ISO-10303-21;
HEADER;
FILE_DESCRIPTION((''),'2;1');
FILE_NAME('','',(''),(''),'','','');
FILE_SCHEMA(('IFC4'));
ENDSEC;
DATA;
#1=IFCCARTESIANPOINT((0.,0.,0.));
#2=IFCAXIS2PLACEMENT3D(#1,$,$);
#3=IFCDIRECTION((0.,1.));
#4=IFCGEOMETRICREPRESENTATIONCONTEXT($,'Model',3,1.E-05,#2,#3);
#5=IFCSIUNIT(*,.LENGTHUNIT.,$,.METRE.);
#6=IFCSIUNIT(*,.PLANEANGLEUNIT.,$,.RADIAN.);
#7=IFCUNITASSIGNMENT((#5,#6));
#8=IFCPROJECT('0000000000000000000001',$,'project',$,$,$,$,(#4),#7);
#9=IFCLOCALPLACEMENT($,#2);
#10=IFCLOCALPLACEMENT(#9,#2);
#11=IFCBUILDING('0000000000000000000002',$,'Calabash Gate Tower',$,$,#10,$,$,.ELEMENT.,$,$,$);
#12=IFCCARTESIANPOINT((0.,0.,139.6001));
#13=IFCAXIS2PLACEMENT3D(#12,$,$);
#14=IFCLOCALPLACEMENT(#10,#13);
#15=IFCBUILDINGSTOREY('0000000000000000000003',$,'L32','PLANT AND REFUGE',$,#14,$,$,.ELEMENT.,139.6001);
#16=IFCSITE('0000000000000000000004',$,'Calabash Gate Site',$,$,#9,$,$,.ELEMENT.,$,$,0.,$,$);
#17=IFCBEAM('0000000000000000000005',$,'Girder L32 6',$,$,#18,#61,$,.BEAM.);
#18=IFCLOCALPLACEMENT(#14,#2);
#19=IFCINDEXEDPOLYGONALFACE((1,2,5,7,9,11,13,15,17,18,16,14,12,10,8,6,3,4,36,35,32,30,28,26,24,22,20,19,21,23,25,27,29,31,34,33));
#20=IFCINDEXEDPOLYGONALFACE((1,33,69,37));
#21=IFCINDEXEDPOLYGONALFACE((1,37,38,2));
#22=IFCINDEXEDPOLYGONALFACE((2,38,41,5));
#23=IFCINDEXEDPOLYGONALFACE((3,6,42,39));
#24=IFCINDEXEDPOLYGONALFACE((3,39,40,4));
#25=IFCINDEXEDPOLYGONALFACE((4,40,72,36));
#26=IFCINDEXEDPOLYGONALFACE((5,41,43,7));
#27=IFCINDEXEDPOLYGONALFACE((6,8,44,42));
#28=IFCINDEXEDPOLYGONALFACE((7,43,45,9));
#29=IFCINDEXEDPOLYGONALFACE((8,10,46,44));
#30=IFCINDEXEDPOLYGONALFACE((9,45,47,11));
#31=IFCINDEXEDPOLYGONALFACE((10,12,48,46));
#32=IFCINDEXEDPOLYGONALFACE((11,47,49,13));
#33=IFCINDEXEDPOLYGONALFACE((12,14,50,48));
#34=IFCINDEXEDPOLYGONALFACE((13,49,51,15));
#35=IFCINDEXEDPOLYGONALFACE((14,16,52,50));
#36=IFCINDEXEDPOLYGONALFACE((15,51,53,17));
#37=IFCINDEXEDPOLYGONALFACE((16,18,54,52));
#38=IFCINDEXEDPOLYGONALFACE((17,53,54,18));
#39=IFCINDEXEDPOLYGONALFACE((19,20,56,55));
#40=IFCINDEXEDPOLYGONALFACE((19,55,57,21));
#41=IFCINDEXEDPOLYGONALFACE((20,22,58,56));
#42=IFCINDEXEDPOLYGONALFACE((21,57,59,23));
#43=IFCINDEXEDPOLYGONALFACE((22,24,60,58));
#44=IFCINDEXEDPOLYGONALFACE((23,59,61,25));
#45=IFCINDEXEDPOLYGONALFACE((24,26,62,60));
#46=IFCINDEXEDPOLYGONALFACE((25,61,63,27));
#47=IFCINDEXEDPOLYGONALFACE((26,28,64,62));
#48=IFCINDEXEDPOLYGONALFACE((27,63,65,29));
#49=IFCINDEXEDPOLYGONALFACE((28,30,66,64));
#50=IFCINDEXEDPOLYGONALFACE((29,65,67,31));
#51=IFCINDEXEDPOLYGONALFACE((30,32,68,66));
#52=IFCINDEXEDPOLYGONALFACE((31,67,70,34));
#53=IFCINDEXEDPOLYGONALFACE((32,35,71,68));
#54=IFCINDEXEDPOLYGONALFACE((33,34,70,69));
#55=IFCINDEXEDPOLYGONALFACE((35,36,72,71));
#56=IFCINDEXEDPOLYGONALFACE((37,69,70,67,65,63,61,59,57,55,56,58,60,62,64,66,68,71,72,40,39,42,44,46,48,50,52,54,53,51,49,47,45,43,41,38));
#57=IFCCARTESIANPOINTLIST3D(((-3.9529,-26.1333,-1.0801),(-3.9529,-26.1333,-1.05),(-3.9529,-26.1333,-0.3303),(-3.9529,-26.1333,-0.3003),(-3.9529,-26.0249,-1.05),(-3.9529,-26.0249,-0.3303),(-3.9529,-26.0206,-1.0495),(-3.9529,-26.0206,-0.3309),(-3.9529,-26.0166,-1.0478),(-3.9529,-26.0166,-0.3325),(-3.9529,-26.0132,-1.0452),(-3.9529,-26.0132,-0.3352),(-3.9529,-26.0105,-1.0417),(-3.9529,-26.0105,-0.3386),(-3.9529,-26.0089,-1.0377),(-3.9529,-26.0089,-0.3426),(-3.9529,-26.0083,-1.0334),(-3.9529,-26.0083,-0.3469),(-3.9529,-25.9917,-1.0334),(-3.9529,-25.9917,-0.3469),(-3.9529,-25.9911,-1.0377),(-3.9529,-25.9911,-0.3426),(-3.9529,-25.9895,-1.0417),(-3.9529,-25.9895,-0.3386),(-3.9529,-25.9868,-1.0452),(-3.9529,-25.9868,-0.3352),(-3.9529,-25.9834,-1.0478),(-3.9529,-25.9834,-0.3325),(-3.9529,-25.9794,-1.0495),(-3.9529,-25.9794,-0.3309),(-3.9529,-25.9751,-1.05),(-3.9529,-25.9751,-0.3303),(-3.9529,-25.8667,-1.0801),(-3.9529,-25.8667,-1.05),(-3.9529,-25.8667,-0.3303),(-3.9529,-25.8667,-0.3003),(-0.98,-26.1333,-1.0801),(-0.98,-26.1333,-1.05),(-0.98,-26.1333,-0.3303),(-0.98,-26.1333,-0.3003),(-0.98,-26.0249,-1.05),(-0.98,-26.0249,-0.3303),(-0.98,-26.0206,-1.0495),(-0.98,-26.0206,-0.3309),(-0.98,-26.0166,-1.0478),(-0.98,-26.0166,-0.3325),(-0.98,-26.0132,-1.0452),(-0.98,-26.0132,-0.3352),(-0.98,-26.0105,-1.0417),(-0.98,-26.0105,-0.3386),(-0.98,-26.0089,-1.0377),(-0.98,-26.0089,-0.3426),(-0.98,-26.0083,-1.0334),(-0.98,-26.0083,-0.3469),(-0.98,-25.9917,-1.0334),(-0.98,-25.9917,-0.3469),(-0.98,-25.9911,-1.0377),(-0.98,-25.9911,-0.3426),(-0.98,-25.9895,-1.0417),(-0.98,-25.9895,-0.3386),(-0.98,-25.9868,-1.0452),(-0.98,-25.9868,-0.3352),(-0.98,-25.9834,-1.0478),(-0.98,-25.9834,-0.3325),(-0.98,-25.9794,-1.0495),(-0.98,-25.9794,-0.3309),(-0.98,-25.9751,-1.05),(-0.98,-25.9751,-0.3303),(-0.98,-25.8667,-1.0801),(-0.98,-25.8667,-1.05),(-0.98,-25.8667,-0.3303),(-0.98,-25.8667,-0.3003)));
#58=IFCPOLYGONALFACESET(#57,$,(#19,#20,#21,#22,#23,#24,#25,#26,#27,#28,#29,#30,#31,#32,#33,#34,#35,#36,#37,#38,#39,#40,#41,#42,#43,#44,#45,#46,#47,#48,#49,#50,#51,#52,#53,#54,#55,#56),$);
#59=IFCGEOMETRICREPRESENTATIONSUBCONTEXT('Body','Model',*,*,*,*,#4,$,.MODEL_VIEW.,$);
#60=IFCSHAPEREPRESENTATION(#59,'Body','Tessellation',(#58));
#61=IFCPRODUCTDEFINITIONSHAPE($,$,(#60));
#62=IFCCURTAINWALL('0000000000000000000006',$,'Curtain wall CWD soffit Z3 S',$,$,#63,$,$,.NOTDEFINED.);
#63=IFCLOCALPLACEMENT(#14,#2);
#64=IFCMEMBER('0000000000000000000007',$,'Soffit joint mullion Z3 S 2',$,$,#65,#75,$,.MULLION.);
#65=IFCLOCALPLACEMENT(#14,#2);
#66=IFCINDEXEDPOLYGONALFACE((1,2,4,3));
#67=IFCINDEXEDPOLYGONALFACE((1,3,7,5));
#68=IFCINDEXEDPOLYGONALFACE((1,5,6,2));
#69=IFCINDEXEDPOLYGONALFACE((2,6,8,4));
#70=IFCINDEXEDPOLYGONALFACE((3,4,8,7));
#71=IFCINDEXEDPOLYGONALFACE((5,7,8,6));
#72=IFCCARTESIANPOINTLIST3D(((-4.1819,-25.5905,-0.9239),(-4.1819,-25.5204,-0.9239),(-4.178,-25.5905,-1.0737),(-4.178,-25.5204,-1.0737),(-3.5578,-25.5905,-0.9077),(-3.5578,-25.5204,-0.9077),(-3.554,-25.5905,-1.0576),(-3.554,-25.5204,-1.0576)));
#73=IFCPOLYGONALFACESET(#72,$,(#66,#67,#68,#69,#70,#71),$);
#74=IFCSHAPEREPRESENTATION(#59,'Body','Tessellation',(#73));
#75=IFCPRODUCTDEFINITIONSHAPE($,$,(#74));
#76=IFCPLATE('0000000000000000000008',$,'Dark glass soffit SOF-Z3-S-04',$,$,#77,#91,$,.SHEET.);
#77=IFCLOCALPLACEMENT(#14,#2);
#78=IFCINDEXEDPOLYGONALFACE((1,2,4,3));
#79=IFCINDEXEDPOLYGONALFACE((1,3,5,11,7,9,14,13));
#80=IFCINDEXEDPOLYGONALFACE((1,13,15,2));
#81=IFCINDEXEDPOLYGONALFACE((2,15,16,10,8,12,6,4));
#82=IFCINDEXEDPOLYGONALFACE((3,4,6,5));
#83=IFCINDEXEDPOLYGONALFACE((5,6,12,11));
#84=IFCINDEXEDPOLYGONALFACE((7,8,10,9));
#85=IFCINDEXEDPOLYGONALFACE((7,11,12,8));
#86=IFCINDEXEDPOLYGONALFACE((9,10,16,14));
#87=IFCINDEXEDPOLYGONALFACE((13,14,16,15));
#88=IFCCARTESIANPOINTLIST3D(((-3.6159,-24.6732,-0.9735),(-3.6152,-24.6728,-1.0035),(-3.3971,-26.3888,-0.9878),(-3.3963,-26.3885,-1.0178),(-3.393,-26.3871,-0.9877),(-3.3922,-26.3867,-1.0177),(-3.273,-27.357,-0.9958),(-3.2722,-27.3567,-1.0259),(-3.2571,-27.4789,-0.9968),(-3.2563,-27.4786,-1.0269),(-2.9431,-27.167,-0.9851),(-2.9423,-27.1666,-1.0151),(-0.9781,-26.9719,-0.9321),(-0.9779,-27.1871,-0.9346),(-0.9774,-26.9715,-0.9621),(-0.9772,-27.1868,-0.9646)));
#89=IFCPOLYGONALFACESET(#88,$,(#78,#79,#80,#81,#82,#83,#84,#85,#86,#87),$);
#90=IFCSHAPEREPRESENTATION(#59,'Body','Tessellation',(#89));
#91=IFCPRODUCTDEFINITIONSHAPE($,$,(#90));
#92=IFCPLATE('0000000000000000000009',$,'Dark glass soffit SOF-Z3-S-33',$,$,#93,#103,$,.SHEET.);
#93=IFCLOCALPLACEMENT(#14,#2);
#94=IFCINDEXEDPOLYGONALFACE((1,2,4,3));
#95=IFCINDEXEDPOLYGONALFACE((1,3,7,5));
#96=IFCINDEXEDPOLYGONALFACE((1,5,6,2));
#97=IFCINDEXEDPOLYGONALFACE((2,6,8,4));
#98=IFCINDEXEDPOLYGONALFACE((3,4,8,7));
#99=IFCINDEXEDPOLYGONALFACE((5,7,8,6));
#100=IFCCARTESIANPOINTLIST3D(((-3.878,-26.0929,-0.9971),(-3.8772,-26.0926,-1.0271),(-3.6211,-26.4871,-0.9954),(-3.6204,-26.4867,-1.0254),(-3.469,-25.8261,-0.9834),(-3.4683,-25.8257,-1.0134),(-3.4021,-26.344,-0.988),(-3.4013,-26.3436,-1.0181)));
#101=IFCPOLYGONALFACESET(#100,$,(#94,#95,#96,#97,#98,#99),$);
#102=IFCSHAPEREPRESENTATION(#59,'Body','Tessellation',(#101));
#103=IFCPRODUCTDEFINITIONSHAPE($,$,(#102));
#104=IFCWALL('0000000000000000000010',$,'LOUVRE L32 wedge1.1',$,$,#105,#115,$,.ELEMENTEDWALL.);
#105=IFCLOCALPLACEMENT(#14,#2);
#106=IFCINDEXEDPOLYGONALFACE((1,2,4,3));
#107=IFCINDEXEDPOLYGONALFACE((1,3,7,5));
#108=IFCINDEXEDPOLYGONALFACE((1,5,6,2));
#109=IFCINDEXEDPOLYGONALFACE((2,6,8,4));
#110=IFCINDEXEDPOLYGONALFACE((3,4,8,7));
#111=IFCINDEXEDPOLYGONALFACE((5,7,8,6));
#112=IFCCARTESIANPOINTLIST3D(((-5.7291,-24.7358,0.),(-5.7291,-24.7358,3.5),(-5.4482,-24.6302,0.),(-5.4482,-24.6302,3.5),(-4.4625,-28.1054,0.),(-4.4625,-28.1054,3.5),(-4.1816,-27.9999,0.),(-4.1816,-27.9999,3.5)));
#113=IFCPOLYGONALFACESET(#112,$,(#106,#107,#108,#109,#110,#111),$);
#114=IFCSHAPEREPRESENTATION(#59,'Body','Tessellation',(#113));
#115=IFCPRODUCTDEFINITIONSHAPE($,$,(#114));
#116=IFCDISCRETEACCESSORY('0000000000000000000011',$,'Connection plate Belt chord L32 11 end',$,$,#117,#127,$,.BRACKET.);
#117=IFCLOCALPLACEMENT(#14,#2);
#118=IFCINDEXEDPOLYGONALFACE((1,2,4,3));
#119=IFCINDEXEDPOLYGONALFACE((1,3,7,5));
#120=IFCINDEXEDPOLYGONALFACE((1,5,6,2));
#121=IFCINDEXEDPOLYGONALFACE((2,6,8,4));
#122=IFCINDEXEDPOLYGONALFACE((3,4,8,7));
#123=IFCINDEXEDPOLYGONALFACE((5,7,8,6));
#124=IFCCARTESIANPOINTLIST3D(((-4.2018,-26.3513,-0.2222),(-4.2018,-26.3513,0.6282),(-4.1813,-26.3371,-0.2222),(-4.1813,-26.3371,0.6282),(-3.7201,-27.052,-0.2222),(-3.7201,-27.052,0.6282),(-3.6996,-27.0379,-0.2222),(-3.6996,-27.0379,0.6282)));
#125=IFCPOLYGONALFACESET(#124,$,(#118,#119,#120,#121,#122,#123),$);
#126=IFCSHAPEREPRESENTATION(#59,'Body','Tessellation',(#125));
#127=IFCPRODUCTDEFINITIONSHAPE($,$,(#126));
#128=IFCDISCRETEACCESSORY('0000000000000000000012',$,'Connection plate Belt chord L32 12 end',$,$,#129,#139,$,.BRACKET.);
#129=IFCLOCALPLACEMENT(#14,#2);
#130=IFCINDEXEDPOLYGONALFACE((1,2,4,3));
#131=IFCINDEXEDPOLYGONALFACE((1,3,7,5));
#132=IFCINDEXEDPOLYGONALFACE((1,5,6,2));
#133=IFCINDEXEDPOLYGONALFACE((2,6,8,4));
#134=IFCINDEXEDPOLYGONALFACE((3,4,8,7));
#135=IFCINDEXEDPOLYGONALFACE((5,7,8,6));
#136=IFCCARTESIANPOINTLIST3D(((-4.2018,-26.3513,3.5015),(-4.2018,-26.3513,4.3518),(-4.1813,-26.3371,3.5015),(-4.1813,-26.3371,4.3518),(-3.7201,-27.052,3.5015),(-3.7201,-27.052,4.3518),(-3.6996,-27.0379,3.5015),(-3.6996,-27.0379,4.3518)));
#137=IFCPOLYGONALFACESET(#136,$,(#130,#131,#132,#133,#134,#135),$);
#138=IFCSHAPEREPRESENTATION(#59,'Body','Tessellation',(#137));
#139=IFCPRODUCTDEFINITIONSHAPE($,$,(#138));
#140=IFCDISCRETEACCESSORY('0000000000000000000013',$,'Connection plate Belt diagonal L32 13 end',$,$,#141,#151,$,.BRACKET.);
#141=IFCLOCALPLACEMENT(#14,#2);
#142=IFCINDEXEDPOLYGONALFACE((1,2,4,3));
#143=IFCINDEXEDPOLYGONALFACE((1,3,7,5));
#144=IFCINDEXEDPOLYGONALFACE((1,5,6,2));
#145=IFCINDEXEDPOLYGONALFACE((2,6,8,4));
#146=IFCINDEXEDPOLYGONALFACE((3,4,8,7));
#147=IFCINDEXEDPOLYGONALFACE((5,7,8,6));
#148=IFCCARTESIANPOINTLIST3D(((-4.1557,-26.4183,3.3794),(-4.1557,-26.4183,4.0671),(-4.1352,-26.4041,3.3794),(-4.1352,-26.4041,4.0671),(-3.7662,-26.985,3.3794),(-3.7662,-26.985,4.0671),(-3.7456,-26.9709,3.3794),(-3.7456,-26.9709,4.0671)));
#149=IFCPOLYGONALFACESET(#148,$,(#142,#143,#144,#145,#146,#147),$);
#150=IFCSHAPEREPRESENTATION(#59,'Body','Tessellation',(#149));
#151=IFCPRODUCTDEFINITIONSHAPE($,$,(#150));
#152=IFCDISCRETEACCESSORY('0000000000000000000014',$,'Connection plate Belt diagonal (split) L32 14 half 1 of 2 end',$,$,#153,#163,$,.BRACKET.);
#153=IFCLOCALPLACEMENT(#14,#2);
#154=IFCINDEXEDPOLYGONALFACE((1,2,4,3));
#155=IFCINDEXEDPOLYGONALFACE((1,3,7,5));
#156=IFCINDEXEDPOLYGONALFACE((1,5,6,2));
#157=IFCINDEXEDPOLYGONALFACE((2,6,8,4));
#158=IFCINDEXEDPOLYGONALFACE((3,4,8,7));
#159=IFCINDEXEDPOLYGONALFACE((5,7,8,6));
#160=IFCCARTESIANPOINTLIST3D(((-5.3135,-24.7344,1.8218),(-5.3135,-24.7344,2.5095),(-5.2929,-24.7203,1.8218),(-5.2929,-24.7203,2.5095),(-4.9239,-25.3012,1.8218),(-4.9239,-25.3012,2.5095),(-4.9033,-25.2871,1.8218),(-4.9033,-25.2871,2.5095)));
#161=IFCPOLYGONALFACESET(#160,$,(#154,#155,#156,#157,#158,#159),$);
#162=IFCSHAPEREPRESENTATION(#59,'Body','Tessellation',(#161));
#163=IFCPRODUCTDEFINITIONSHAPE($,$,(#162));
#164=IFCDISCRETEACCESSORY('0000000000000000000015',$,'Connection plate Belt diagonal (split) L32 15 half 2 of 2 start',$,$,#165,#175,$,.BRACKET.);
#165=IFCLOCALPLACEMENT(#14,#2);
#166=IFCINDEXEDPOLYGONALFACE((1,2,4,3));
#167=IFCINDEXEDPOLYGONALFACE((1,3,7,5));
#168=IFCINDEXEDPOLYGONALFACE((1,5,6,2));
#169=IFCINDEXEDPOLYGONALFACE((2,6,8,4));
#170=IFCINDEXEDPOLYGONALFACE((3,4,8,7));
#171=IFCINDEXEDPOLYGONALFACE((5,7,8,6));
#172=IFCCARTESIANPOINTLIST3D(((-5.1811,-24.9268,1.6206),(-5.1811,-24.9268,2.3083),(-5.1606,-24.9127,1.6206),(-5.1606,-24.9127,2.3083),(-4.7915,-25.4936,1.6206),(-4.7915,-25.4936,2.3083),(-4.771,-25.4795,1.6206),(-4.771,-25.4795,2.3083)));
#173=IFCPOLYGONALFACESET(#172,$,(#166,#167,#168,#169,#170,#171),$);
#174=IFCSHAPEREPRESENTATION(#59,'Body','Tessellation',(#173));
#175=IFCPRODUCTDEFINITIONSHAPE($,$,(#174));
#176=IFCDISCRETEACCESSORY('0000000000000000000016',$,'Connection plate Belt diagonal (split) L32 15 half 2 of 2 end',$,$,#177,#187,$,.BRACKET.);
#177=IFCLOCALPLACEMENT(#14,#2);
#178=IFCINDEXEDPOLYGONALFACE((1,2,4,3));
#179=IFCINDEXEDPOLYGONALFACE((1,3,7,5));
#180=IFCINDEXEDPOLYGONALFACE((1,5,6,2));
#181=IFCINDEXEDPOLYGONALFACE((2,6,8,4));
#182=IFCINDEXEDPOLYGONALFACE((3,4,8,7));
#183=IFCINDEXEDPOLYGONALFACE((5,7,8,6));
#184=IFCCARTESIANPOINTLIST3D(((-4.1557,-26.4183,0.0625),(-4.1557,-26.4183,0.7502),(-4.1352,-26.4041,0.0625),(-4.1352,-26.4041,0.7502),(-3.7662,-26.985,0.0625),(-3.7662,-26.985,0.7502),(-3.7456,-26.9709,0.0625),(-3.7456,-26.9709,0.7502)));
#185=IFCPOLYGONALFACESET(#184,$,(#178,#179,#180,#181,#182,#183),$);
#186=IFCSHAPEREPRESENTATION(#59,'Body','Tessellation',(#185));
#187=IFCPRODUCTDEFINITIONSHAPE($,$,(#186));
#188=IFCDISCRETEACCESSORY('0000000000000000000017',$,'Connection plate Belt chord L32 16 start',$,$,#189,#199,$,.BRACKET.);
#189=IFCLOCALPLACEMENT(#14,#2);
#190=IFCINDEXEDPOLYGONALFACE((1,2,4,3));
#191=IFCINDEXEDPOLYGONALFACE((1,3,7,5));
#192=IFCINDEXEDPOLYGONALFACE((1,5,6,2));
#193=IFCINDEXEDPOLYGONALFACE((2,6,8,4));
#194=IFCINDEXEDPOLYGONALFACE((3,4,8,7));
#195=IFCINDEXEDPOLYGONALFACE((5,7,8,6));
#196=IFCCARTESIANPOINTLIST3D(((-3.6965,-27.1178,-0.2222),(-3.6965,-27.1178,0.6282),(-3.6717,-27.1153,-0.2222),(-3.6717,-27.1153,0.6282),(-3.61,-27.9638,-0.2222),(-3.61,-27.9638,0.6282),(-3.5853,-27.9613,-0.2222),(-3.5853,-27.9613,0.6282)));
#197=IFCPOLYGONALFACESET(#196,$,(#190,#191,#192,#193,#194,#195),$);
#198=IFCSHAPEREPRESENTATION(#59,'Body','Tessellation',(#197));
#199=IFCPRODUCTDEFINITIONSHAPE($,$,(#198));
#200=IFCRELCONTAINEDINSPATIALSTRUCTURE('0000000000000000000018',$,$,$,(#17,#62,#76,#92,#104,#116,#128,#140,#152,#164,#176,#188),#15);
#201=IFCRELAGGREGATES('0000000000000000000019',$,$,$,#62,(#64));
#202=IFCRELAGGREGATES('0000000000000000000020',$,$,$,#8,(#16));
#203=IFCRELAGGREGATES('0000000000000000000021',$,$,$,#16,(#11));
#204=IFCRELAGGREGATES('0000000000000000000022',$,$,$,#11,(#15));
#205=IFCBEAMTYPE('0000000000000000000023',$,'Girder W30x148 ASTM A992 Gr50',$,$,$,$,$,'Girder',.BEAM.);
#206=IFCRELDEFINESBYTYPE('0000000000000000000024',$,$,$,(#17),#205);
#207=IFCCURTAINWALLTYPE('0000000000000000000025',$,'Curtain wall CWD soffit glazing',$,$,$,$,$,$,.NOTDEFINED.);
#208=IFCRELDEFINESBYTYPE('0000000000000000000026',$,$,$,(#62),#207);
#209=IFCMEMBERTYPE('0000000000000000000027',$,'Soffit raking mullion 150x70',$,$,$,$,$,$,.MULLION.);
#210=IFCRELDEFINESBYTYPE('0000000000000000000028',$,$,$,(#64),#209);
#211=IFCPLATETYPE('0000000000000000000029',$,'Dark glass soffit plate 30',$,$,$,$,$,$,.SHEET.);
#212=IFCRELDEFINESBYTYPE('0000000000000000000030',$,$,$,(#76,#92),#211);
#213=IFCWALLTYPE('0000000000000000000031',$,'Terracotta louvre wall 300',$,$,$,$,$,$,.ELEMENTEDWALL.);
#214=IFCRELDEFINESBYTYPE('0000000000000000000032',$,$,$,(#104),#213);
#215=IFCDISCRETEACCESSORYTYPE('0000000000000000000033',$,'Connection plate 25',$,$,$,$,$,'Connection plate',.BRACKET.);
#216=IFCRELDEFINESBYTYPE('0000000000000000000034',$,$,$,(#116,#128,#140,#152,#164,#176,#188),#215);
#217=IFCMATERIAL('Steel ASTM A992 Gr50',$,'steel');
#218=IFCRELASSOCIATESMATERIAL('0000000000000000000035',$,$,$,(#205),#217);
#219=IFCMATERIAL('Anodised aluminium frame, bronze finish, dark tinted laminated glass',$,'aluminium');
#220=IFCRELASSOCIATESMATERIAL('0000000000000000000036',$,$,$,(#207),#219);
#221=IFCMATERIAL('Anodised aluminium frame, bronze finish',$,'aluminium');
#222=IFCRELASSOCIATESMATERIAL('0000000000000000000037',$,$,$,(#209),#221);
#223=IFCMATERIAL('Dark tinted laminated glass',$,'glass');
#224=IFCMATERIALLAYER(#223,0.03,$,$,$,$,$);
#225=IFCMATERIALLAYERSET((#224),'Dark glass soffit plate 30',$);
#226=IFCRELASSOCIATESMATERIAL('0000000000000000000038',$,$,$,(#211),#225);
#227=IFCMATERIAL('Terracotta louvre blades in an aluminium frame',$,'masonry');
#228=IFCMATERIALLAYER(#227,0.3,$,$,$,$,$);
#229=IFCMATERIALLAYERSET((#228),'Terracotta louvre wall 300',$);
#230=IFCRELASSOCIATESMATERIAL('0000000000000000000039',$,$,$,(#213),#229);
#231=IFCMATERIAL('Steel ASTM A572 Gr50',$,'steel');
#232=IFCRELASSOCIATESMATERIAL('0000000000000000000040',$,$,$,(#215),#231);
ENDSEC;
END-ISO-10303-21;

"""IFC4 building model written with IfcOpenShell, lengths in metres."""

from ifc_helpers import new_model, si_unit, direction, frame, frame_2d, origin, origin_2d, place, context, subcontext, project, spatial, polyline, rectangle, i_section, outline, extrude, material, layer, layer_set, material_profile, profile_set, type_object, element, aggregate, save


model = new_model("IFC4")

# Units and contexts
model_context = context("Model", 3, precision=1e-05, world=origin(), true_north=direction((0.0, 1.0)))
body_context = subcontext(model_context, "Body", "Model", "MODEL_VIEW")
ifc_project = project(units=[si_unit("LENGTHUNIT", "METRE"), si_unit("PLANEANGLEUNIT", "RADIAN")], contexts=[model_context])

# Site, building, storey
site_placement = place(None, origin())
site = spatial("IfcSite", under=ifc_project, at=site_placement, Name="Calabash Gate Site", CompositionType="ELEMENT", RefElevation=0.0)
building_placement = place(site_placement, origin())
building = spatial("IfcBuilding", under=site, at=building_placement, Name="Calabash Gate Tower", CompositionType="ELEMENT")
storey_placement = place(building_placement, frame((0.0, 0.0, 139.6001)))
storey = spatial("IfcBuildingStorey", under=building, at=storey_placement, Name="L32", Description="PLANT AND REFUGE", CompositionType="ELEMENT", Elevation=139.6001)

# Beam
ifc_material_1 = material(Name="Steel ASTM A992 Gr50", Category="steel")
ifc_material_profile_1 = material_profile(ifc_material_1, i_section(OverallWidth=0.2666, OverallDepth=0.7798, WebThickness=0.0166, FlangeThickness=0.03, FilletRadius=0.0166, at=origin_2d()))
ifc_profile_set_1 = profile_set([ifc_material_profile_1], Name="Steel ASTM A992 Gr50")
beam_type_1 = type_object("IfcBeamType", Name="Girder W30x148 ASTM A992 Gr50", ElementType="Girder", PredefinedType="BEAM", material=ifc_profile_set_1)
beam_1_placement = place(storey_placement, frame((-3.9529, -26.0, -0.6902), z_axis=(1.0, 0.0, 0.0), x_axis=(0.0, 1.0, 0.0)))
element("IfcBeam", 1, at=beam_1_placement, inside=storey, type_object=beam_type_1, Name="Girder L32 6", PredefinedType="BEAM", context=body_context, shape_type="SweptSolid", body=[
    extrude(i_section(OverallWidth=0.2666, OverallDepth=0.7798, WebThickness=0.0166, FlangeThickness=0.03, FilletRadius=0.0166, at=origin_2d()), origin(), (0.0, 0.0, 1.0), 2.9729),
])

# Curtain wall, member
ifc_material_2 = material(Name="Anodised aluminium frame, bronze finish, dark tinted laminated glass", Category="aluminium")
curtain_wall_type = type_object("IfcCurtainWallType", Name="Curtain wall CWD soffit glazing", PredefinedType="NOTDEFINED", material=ifc_material_2)
curtain_wall_placement = place(storey_placement, origin())
curtain_wall = element("IfcCurtainWall", 2, at=curtain_wall_placement, inside=storey, type_object=curtain_wall_type, Name="Curtain wall CWD soffit Z3 S", PredefinedType="NOTDEFINED")
ifc_material_3 = material(Name="Anodised aluminium frame, bronze finish", Category="aluminium")
ifc_material_profile_2 = material_profile(ifc_material_3, rectangle(XDim=0.1499, YDim=0.0701, at=origin_2d()))
ifc_profile_set_2 = profile_set([ifc_material_profile_2], Name="Anodised aluminium frame, bronze finish")
member_type_1 = type_object("IfcMemberType", Name="Soffit raking mullion 150x70", PredefinedType="MULLION", material=ifc_profile_set_2)
member_1_placement = place(storey_placement, frame((-3.5559, -25.5554, -0.9827), z_axis=(-0.999667, 0.0, -0.025813), x_axis=(-0.025813, 0.0, 0.999667)))
member_1 = element("IfcMember", 3, at=member_1_placement, type_object=member_type_1, Name="Soffit joint mullion Z3 S 2", PredefinedType="MULLION", context=body_context, shape_type="SweptSolid", body=[
    extrude(rectangle(XDim=0.1499, YDim=0.0701, at=origin_2d()), origin(), (0.0, 0.0, 1.0), 0.6243),
])
aggregate(curtain_wall, [member_1])

# Plates
ifc_material_4 = material(Name="Dark tinted laminated glass", Category="glass")
ifc_layer_1 = layer(ifc_material_4, 0.03)
ifc_layer_set_1 = layer_set([ifc_layer_1], Name="Dark glass soffit plate 30")
plate_type = type_object("IfcPlateType", Name="Dark glass soffit plate 30", PredefinedType="SHEET", material=ifc_layer_set_1)
plate_1_placement = place(storey_placement, frame((-2.9431, -27.167, -0.9851), z_axis=(-0.025826, -0.011637, 0.999599), x_axis=(-0.499676, 0.866208, -0.002825)))
element("IfcPlate", 4, at=plate_1_placement, inside=storey, type_object=plate_type, Name="Dark glass soffit SOF-Z3-S-04", PredefinedType="SHEET", context=body_context, shape_type="SweptSolid", body=[
    extrude(outline(polyline([(0.0, 0.0), (0.9004, 0.0), (0.9009, 0.0044), (2.4963, -0.6636), (-0.813, -1.8003), (-0.9995, -1.6929), (-0.1133, 0.428), (0.0002, 0.3809), (0.0, 0.0)])), origin(), (0.0, 0.0, -1.0), 0.03),
])
plate_2_placement = place(storey_placement, frame((-3.4021, -26.344, -0.988), z_axis=(-0.025431, -0.012237, 0.999602), x_axis=(-0.836854, -0.546711, -0.027983)))
element("IfcPlate", 5, at=plate_2_placement, inside=storey, type_object=plate_type, Name="Dark glass soffit SOF-Z3-S-33", PredefinedType="SHEET", context=body_context, shape_type="SweptSolid", body=[
    extrude(outline(polyline([(0.0, 0.0), (0.2617, 0.0), (0.2612, -0.4705), (-0.2273, -0.4702), (0.0, 0.0)])), origin(), (0.0, 0.0, -1.0), 0.03),
])

# Wall
ifc_material_5 = material(Name="Terracotta louvre blades in an aluminium frame", Category="masonry")
ifc_layer_2 = layer(ifc_material_5, 0.3)
ifc_layer_set_2 = layer_set([ifc_layer_2], Name="Terracotta louvre wall 300")
wall_type = type_object("IfcWallType", Name="Terracotta louvre wall 300", PredefinedType="ELEMENTEDWALL", material=ifc_layer_set_2)
wall_placement = place(storey_placement, frame((-5.5886, -24.6831, 0.0), z_axis=(0.0, 0.0, 1.0), x_axis=(0.351852, -0.936056, 0.0)))
element("IfcWall", 6, at=wall_placement, inside=storey, type_object=wall_type, Name="LOUVRE L32 wedge1.1", PredefinedType="ELEMENTEDWALL", context=body_context, shape_type="SweptSolid", body=[
    extrude(rectangle(XDim=3.5999, YDim=0.3, at=frame_2d((1.7998, 0.0))), origin(), (0.0, 0.0, 1.0), 3.5),
])

# Discrete accessories
ifc_material_6 = material(Name="Steel ASTM A572 Gr50", Category="steel")
discrete_accessory_type = type_object("IfcDiscreteAccessoryType", Name="Connection plate 25", ElementType="Connection plate", PredefinedType="BRACKET", material=ifc_material_6)
for number, where, z_axis, x_axis, name in (
    (7, (-3.9507, -26.6946, -0.2222), (0.0, 0.0, 1.0), (0.566463, -0.824087, 0.0), "Connection plate Belt chord L32 11 end"),
    (8, (-3.9507, -26.6946, 3.5015), (0.0, 0.0, 1.0), (0.566463, -0.824087, 0.0), "Connection plate Belt chord L32 12 end"),
):
    element("IfcDiscreteAccessory", number, at=place(storey_placement, frame(where, z_axis=z_axis, x_axis=x_axis)), inside=storey, type_object=discrete_accessory_type, Name=name, PredefinedType="BRACKET", context=body_context, shape_type="SweptSolid", body=[
        extrude(rectangle(XDim=0.8503, YDim=0.0249, at=origin_2d()), origin(), (0.0, 0.0, 1.0), 0.8503),
    ])
for number, where, z_axis, x_axis, name in (
    (9, (-3.9507, -26.6946, 3.3794), (0.0, 0.0, 1.0), (0.566463, -0.824087, 0.0), "Connection plate Belt diagonal L32 13 end"),
    (10, (-5.1084, -25.0107, 1.8218), (0.0, 0.0, 1.0), (0.566463, -0.824087, 0.0), "Connection plate Belt diagonal (split) L32 14 half 1 of 2 end"),
    (11, (-4.9761, -25.2031, 1.6206), (0.0, 0.0, 1.0), (0.566463, -0.824087, 0.0), "Connection plate Belt diagonal (split) L32 15 half 2 of 2 start"),
    (12, (-3.9507, -26.6946, 0.0625), (0.0, 0.0, 1.0), (0.566463, -0.824087, 0.0), "Connection plate Belt diagonal (split) L32 15 half 2 of 2 end"),
):
    element("IfcDiscreteAccessory", number, at=place(storey_placement, frame(where, z_axis=z_axis, x_axis=x_axis)), inside=storey, type_object=discrete_accessory_type, Name=name, PredefinedType="BRACKET", context=body_context, shape_type="SweptSolid", body=[
        extrude(rectangle(XDim=0.6877, YDim=0.0249, at=origin_2d()), origin(), (0.0, 0.0, 1.0), 0.6877),
    ])
for number, where, z_axis, x_axis, name in (
    (13, (-3.6409, -27.5396, -0.2222), (0.0, 0.0, 1.0), (0.101682, -0.994817, 0.0), "Connection plate Belt chord L32 16 start"),
):
    element("IfcDiscreteAccessory", number, at=place(storey_placement, frame(where, z_axis=z_axis, x_axis=x_axis)), inside=storey, type_object=discrete_accessory_type, Name=name, PredefinedType="BRACKET", context=body_context, shape_type="SweptSolid", body=[
        extrude(rectangle(XDim=0.8503, YDim=0.0249, at=origin_2d()), origin(), (0.0, 0.0, 1.0), 0.8503),
    ])

save(model, "model.ifc")
